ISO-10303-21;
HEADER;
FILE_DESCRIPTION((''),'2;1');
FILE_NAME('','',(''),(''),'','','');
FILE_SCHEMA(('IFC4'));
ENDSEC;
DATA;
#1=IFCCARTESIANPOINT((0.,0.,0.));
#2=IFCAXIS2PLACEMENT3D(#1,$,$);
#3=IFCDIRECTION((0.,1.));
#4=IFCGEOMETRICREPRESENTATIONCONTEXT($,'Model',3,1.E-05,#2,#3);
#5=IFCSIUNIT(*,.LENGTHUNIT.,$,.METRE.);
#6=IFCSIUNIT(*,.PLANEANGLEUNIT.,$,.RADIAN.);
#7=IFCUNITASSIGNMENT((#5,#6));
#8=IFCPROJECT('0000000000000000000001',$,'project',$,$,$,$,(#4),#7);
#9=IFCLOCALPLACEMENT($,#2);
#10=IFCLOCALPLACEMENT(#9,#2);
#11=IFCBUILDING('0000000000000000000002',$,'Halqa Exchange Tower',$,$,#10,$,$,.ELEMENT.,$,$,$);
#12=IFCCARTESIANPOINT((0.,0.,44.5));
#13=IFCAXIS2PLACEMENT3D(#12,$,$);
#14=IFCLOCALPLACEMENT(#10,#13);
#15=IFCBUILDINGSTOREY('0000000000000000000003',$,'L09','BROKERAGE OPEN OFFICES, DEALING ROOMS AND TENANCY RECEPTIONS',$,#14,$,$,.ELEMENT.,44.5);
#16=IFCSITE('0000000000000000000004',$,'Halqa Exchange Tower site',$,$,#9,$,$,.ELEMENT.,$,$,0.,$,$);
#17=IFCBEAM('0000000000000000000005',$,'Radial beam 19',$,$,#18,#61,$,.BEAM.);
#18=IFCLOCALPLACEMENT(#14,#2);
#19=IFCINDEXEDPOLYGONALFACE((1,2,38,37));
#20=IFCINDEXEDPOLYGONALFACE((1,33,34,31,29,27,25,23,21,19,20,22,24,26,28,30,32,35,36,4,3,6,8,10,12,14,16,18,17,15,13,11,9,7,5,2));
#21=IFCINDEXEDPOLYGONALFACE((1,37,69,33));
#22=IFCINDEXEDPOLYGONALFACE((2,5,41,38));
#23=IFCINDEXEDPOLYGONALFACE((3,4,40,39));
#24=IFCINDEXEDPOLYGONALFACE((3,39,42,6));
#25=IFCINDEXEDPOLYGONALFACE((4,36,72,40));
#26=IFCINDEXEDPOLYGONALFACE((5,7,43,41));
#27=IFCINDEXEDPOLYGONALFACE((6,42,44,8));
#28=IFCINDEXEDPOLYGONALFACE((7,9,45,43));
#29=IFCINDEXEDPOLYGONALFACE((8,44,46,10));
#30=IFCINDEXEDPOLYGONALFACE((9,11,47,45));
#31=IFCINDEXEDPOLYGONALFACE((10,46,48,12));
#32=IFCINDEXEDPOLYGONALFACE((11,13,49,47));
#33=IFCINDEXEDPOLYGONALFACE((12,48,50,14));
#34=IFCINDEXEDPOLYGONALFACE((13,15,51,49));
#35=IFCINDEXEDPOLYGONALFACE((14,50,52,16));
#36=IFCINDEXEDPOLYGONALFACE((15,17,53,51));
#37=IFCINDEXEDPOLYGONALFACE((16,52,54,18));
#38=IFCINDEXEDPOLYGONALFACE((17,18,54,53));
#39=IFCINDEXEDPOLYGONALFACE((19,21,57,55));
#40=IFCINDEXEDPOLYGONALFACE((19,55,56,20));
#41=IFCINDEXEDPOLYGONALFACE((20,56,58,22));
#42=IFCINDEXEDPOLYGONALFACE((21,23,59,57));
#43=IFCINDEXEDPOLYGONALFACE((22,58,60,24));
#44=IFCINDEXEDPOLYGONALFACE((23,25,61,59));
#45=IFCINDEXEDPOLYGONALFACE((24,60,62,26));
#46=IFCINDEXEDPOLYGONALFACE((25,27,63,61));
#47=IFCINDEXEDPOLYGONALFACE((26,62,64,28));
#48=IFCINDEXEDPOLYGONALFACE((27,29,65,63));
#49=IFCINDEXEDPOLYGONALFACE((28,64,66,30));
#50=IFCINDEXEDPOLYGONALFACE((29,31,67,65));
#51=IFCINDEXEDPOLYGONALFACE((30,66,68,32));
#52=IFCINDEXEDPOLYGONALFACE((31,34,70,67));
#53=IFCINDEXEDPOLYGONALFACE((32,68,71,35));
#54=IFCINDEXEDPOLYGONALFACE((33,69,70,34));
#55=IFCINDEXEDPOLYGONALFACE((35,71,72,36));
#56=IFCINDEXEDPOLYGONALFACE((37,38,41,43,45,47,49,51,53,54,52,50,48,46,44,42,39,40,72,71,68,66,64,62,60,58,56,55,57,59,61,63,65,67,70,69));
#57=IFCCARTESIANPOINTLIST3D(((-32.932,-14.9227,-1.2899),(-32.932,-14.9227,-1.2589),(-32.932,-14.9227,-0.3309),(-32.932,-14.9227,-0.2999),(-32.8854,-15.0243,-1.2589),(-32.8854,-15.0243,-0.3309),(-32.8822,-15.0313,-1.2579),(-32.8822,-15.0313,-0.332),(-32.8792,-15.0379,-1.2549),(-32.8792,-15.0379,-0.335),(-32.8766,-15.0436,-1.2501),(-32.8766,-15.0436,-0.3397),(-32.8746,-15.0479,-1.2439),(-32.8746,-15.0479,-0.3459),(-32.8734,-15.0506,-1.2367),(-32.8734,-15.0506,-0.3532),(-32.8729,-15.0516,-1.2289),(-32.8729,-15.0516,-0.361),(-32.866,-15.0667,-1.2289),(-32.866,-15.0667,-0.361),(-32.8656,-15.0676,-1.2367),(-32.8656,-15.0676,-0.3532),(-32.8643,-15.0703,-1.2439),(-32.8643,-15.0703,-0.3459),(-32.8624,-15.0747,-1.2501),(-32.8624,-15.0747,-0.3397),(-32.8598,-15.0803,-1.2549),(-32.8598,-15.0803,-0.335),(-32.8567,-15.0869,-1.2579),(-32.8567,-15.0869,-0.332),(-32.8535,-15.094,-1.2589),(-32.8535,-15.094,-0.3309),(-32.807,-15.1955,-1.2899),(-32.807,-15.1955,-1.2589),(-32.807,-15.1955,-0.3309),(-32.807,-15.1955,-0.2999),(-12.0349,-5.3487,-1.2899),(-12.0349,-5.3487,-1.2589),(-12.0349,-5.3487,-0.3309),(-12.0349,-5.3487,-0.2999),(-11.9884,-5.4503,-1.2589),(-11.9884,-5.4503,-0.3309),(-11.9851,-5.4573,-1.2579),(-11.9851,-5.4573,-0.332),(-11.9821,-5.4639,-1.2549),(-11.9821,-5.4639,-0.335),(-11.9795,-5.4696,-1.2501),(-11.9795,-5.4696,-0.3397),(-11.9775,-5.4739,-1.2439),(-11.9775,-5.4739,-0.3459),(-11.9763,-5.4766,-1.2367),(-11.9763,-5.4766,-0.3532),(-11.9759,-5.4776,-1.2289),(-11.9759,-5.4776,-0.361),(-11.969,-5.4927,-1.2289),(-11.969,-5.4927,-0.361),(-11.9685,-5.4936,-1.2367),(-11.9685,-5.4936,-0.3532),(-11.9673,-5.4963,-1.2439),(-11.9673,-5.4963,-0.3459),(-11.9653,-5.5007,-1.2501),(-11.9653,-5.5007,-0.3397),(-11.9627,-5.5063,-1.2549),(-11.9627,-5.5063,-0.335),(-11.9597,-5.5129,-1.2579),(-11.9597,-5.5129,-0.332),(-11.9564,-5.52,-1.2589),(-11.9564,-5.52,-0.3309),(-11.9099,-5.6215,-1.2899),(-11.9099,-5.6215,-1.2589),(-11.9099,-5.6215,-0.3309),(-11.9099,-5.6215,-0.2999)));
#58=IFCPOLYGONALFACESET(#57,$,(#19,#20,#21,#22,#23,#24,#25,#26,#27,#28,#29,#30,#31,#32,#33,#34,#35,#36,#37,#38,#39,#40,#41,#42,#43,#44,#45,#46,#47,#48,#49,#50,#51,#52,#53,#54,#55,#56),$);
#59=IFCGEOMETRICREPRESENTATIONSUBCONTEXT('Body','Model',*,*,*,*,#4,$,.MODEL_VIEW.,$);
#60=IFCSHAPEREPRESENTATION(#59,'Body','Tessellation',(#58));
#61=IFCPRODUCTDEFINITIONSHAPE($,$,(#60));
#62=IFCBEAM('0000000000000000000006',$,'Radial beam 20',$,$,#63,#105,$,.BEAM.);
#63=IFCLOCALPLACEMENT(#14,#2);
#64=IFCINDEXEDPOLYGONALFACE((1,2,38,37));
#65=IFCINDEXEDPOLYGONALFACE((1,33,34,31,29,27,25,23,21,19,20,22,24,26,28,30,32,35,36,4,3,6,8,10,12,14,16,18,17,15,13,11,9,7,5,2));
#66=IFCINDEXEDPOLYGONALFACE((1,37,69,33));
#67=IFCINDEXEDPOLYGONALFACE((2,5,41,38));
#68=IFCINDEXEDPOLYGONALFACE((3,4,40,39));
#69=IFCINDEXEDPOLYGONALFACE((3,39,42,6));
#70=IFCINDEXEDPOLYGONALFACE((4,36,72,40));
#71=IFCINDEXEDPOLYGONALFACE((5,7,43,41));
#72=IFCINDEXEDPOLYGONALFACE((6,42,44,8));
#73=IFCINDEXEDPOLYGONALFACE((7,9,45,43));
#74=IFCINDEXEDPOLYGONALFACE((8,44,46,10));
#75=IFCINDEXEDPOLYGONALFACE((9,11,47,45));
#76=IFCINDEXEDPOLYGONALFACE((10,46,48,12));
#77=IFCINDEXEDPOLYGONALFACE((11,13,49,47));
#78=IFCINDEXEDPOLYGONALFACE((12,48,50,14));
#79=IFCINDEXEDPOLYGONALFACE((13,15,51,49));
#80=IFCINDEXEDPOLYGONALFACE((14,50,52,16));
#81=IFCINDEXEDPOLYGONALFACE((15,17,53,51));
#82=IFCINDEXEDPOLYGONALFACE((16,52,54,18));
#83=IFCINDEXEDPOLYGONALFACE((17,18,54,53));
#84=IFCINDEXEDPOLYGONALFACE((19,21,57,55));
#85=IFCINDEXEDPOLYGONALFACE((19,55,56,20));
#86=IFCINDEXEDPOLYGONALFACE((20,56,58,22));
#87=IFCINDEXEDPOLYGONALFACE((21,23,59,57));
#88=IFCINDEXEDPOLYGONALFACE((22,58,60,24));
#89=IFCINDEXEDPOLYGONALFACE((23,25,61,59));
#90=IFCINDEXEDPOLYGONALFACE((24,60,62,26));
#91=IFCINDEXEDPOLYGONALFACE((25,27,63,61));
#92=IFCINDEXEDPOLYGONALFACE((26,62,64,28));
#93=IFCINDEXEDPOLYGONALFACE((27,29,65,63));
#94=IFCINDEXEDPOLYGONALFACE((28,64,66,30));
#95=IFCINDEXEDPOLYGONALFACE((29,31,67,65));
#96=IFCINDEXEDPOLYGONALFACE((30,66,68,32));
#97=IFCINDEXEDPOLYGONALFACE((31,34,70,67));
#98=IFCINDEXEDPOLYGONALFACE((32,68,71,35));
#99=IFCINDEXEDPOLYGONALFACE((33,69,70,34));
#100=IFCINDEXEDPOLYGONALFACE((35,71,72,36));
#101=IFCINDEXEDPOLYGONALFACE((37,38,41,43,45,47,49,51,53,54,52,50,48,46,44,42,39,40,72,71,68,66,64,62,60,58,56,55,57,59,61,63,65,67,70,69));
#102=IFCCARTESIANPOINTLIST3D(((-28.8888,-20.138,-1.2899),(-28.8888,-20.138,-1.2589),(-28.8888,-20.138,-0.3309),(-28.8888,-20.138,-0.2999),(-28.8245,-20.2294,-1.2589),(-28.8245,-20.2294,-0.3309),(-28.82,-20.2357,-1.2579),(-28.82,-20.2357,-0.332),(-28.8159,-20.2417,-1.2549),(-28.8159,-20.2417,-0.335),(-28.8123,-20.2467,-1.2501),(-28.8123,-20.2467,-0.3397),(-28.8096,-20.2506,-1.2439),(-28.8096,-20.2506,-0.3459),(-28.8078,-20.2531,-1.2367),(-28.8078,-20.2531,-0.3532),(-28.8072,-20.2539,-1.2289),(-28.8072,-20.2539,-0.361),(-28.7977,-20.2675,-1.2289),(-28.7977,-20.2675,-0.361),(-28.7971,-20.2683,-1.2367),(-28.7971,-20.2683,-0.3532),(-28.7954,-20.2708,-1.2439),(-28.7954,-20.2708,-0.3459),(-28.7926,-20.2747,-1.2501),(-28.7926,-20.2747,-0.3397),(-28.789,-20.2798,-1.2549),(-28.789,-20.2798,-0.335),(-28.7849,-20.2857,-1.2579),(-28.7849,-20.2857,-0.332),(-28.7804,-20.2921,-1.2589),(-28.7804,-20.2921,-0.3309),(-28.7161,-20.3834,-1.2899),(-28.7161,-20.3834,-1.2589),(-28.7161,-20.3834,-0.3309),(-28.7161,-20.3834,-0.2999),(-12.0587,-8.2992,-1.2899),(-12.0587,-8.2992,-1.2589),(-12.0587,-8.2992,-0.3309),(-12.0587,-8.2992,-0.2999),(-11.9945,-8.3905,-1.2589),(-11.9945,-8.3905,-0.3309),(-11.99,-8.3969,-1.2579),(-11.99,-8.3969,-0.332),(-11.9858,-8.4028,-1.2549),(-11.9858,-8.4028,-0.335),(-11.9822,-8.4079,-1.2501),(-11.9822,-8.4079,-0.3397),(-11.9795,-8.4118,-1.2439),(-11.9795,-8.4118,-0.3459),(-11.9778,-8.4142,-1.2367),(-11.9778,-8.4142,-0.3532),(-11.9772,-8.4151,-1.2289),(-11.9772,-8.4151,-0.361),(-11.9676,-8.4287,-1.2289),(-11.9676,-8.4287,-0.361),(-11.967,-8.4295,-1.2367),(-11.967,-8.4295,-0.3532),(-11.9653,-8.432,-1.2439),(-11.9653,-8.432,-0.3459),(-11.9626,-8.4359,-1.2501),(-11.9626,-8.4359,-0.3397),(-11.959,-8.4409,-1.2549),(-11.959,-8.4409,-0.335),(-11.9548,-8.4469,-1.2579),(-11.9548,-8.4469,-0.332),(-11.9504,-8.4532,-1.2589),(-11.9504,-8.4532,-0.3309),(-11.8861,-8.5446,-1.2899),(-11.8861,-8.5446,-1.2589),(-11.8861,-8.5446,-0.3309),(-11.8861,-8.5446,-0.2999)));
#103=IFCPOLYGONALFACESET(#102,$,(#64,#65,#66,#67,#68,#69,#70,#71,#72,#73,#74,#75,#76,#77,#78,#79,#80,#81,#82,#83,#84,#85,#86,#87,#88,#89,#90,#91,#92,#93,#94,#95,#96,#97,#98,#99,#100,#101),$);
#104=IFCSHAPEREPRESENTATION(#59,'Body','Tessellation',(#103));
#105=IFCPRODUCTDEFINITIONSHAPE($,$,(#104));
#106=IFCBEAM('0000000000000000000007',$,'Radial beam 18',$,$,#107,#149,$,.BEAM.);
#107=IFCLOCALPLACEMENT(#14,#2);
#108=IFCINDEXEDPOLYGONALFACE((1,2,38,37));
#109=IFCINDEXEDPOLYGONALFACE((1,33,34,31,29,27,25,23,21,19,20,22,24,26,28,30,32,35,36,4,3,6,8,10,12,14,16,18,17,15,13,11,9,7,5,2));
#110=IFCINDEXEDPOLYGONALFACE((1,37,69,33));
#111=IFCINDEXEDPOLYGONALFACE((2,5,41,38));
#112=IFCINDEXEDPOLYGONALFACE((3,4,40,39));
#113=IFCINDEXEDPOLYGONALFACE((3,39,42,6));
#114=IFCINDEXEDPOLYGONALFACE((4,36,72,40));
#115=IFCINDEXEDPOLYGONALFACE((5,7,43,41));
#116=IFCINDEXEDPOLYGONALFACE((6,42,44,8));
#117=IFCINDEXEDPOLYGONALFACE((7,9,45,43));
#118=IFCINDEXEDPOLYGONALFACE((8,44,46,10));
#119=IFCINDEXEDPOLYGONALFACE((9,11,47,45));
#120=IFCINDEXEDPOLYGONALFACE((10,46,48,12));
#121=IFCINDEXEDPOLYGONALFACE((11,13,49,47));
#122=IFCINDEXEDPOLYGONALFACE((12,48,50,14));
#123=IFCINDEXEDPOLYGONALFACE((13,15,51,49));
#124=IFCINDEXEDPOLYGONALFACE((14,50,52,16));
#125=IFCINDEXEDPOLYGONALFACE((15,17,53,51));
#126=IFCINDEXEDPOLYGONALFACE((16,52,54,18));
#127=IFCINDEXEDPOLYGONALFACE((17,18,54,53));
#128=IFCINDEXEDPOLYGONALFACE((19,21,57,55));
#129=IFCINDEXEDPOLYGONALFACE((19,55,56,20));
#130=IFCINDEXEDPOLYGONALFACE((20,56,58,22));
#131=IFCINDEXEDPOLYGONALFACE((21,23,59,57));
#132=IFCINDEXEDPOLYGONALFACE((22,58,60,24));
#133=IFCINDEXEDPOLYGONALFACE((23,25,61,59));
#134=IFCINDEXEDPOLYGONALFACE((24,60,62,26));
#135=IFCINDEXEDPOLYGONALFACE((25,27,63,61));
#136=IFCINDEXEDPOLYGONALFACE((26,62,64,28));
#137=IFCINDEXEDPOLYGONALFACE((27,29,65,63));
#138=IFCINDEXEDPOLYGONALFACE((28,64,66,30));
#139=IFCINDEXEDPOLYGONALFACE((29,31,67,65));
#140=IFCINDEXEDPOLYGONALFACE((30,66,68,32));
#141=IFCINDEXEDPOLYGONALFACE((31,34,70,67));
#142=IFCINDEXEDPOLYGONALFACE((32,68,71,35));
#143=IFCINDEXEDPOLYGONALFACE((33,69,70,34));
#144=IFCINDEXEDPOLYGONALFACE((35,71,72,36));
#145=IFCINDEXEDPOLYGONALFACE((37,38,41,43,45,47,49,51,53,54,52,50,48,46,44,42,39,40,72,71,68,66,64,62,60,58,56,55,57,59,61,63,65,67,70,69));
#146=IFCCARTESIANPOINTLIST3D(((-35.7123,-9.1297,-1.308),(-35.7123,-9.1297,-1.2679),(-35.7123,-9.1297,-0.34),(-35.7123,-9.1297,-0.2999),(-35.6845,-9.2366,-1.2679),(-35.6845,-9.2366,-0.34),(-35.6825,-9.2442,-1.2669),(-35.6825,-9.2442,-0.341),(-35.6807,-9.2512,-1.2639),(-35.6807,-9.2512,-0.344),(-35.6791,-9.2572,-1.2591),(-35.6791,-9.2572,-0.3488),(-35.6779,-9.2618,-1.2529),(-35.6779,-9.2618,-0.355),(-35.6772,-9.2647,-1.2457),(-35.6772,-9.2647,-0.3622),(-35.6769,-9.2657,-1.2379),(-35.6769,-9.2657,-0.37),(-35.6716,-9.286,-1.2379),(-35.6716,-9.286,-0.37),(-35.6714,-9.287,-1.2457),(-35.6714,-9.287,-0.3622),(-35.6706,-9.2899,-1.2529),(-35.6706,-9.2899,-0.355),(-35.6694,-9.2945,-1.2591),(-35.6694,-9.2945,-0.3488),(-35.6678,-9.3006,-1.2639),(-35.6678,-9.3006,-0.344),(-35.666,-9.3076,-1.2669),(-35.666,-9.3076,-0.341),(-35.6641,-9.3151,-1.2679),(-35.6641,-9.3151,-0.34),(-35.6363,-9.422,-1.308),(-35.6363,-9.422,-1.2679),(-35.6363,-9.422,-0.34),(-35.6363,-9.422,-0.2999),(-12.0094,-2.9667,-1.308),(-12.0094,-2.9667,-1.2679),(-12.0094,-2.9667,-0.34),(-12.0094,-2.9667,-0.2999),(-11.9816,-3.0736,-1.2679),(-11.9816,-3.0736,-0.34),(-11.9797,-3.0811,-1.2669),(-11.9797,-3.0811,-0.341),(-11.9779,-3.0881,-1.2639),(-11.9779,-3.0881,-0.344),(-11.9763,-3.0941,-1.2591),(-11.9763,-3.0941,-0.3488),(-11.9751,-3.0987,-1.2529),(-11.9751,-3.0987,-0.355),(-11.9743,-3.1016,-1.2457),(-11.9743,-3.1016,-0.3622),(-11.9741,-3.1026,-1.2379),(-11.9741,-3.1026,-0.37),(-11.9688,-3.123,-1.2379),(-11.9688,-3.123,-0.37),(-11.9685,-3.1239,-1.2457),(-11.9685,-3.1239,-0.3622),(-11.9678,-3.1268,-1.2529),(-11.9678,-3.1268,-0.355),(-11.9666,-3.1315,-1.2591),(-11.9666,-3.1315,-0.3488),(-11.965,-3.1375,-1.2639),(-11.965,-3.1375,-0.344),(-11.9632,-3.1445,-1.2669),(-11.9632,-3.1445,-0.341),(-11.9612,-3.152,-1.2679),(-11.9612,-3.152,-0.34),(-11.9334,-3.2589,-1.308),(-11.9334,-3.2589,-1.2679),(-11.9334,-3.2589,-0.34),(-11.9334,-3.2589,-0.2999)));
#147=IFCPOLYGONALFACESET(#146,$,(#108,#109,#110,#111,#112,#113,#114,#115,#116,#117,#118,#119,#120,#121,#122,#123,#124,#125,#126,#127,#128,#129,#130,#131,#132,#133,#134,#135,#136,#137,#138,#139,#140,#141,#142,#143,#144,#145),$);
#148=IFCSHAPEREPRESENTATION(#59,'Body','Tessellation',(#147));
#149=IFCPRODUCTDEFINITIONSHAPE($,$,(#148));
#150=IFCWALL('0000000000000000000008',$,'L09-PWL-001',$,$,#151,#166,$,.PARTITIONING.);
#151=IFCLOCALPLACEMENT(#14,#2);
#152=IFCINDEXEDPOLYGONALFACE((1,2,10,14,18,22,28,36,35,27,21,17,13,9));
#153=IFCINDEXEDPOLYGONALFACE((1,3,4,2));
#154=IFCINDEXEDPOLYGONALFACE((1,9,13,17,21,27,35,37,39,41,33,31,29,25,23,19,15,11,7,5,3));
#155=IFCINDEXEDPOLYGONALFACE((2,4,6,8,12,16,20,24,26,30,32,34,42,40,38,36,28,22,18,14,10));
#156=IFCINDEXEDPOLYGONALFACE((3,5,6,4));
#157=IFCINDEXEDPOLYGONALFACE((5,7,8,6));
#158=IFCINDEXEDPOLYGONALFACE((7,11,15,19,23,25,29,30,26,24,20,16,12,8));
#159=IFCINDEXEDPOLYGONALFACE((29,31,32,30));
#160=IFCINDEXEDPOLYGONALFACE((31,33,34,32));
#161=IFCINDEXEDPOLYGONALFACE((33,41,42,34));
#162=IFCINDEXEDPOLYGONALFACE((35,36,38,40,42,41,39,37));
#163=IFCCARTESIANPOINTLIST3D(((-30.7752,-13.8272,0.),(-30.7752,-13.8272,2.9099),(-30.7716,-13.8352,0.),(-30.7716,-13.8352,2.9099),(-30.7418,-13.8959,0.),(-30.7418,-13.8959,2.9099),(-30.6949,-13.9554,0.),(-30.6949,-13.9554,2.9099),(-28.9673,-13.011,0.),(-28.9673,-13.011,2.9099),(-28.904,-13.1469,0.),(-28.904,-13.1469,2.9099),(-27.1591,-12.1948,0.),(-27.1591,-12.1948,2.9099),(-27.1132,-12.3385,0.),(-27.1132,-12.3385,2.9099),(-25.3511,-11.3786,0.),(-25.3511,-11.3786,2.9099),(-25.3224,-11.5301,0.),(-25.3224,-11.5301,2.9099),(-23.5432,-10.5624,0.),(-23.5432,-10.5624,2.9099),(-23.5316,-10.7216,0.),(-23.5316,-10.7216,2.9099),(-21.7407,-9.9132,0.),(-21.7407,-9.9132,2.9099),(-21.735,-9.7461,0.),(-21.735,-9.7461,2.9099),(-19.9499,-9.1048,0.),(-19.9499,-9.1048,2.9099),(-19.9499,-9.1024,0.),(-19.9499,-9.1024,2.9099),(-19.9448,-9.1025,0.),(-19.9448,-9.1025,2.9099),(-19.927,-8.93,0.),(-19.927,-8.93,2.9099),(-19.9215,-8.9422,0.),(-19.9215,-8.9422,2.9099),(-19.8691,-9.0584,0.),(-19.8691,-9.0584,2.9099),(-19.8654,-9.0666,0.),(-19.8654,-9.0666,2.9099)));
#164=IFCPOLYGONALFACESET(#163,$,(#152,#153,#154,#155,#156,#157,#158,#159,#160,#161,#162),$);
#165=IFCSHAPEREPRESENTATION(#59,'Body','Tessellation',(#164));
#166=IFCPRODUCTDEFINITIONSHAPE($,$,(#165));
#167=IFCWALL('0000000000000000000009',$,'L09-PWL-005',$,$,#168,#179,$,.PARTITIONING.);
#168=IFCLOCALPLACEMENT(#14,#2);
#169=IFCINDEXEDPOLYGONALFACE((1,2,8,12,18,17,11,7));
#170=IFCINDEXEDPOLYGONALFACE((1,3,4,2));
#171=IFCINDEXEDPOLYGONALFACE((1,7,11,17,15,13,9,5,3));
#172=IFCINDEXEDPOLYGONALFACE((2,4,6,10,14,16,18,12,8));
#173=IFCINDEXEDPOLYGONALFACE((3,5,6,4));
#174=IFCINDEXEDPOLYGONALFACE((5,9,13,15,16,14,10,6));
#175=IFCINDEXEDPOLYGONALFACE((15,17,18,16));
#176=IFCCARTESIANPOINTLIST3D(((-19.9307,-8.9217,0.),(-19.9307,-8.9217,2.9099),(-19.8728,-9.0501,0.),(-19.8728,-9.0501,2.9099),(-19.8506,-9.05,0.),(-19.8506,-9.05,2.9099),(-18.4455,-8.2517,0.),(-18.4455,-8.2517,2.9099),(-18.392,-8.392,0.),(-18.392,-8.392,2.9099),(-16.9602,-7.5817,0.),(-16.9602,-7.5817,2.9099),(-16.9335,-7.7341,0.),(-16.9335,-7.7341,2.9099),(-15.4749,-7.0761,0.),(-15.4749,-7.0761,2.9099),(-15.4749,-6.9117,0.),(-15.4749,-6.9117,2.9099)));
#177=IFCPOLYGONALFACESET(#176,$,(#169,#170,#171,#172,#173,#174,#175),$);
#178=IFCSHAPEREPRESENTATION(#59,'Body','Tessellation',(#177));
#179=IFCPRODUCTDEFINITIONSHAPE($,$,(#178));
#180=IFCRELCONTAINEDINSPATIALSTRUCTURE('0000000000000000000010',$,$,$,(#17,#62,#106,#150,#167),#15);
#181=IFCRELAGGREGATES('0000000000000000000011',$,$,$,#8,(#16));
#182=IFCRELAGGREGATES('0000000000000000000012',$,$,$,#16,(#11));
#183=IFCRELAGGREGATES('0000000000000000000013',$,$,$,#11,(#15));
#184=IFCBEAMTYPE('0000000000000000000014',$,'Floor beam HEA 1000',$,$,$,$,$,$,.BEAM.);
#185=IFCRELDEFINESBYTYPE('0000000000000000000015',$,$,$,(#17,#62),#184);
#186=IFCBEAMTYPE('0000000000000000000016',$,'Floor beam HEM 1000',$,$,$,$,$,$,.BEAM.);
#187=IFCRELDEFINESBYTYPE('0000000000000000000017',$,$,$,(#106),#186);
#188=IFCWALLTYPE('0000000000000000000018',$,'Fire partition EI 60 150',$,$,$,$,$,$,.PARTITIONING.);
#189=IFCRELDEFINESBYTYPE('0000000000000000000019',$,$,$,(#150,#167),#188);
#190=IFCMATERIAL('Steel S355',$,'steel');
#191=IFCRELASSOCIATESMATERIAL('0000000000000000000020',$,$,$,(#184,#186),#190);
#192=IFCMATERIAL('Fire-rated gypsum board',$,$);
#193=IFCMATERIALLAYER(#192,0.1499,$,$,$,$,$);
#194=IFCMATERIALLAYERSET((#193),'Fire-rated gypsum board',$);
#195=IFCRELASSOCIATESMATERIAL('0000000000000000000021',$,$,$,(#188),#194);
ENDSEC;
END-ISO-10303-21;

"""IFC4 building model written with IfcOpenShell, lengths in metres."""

from ifc_helpers import new_model, si_unit, direction, frame, origin, origin_2d, place, context, subcontext, project, spatial, polyline, i_section, outline, extrude, material, layer, layer_set, material_profile, profile_set, type_object, element, save


model = new_model("IFC4")

# Units and contexts
model_context = context("Model", 3, precision=1e-05, world=origin(), true_north=direction((0.0, 1.0)))
body_context = subcontext(model_context, "Body", "Model", "MODEL_VIEW")
ifc_project = project(units=[si_unit("LENGTHUNIT", "METRE"), si_unit("PLANEANGLEUNIT", "RADIAN")], contexts=[model_context])

# Site, building, storey
site_placement = place(None, origin())
site = spatial("IfcSite", under=ifc_project, at=site_placement, Name="Halqa Exchange Tower site", CompositionType="ELEMENT", RefElevation=0.0)
building_placement = place(site_placement, origin())
building = spatial("IfcBuilding", under=site, at=building_placement, Name="Halqa Exchange Tower", CompositionType="ELEMENT")
storey_placement = place(building_placement, frame((0.0, 0.0, 44.5)))
storey = spatial("IfcBuildingStorey", under=building, at=storey_placement, Name="L09", Description="BROKERAGE OPEN OFFICES, DEALING ROOMS AND TENANCY RECEPTIONS", CompositionType="ELEMENT", Elevation=44.5)

# Beams
ifc_material_1 = material(Name="Steel S355", Category="steel")
ifc_material_profile_1 = material_profile(ifc_material_1, i_section(OverallWidth=0.3, OverallDepth=0.99, WebThickness=0.0166, FlangeThickness=0.031, FilletRadius=0.03, at=origin_2d()), Name="HEA 1000")
ifc_profile_set_1 = profile_set([ifc_material_profile_1], Name="Steel S355")
beam_type_1 = type_object("IfcBeamType", Name="Floor beam HEA 1000", PredefinedType="BEAM", material=ifc_profile_set_1)
beam_1_placement = place(storey_placement, frame((-11.9724, -5.4851, -0.7949), z_axis=(-0.909128, -0.416518, 0.0), x_axis=(0.416518, -0.909128, 0.0)))
element("IfcBeam", 1, at=beam_1_placement, inside=storey, type_object=beam_type_1, Name="Radial beam 19", PredefinedType="BEAM", context=body_context, shape_type="SweptSolid", body=[
    extrude(i_section(OverallWidth=0.3, OverallDepth=0.99, WebThickness=0.0166, FlangeThickness=0.031, FilletRadius=0.03, at=origin_2d()), origin(), (0.0, 0.0, 1.0), 22.9858),
])
beam_2_placement = place(storey_placement, frame((-11.9724, -8.4219, -0.7949), z_axis=(-0.81791, -0.575346, 0.0), x_axis=(0.575346, -0.81791, 0.0)))
element("IfcBeam", 2, at=beam_2_placement, inside=storey, type_object=beam_type_1, Name="Radial beam 20", PredefinedType="BEAM", context=body_context, shape_type="SweptSolid", body=[
    extrude(i_section(OverallWidth=0.3, OverallDepth=0.99, WebThickness=0.0166, FlangeThickness=0.031, FilletRadius=0.03, at=origin_2d()), origin(), (0.0, 0.0, 1.0), 20.5769),
])
ifc_material_profile_2 = material_profile(ifc_material_1, i_section(OverallWidth=0.302, OverallDepth=1.0081, WebThickness=0.021, FlangeThickness=0.04, FilletRadius=0.03, at=origin_2d()), Name="HEM 1000")
ifc_profile_set_2 = profile_set([ifc_material_profile_2], Name="Steel S355")
beam_type_2 = type_object("IfcBeamType", Name="Floor beam HEM 1000", PredefinedType="BEAM", material=ifc_profile_set_2)
beam_3_placement = place(storey_placement, frame((-11.9714, -3.1128, -0.804), z_axis=(-0.967819, -0.251647, 0.0), x_axis=(0.251647, -0.967819, 0.0)))
element("IfcBeam", 3, at=beam_3_placement, inside=storey, type_object=beam_type_2, Name="Radial beam 18", PredefinedType="BEAM", context=body_context, shape_type="SweptSolid", body=[
    extrude(i_section(OverallWidth=0.302, OverallDepth=1.0081, WebThickness=0.021, FlangeThickness=0.04, FilletRadius=0.03, at=origin_2d()), origin(), (0.0, 0.0, 1.0), 24.491),
])

# Walls
ifc_material_2 = material(Name="Fire-rated gypsum board")
ifc_layer_1 = layer(ifc_material_2, 0.1499)
ifc_layer_set_1 = layer_set([ifc_layer_1], Name="Fire-rated gypsum board")
wall_type_1 = type_object("IfcWallType", Name="Fire partition EI 60 150", PredefinedType="PARTITIONING", material=ifc_layer_set_1)
wall_1_placement = place(storey_placement, frame((-30.7444, -13.8955, 0.0), z_axis=(0.0, 0.0, 1.0), x_axis=(0.911432, 0.411451, 0.0)))
element("IfcWall", 4, at=wall_1_placement, inside=storey, type_object=wall_type_1, Name="L09-PWL-001", PredefinedType="PARTITIONING", context=body_context, shape_type="SweptSolid", body=[
    extrude(outline(polyline([(0.0205, -0.075), (1.9854, -0.075), (3.9502, -0.075), (5.915, -0.075), (7.8799, -0.075), (9.8447, -0.075), (11.8096, -0.075), (11.8105, -0.0728), (11.8152, -0.075), (11.9023, -0.075), (11.9023, -0.0659), (11.9023, -0.0659), (11.9023, 0.0615), (11.9023, 0.075), (9.9187, 0.075), (7.9348, 0.075), (5.9512, 0.075), (3.9675, 0.075), (1.9836, 0.075), (0.0, 0.075), (0.0, 0.0662), (0.0022, -0.0015), (0.0205, -0.075)])), origin(), (0.0, 0.0, 1.0), 2.9099),
])
wall_2_placement = place(storey_placement, frame((-19.8999, -8.99, 0.0), z_axis=(0.0, 0.0, 1.0), x_axis=(0.911546, 0.411197, 0.0)))
element("IfcWall", 5, at=wall_2_placement, inside=storey, type_object=wall_type_1, Name="L09-PWL-005", PredefinedType="PARTITIONING", context=body_context, shape_type="SweptSolid", body=[
    extrude(outline(polyline([(0.0203, -0.075), (1.6204, -0.075), (3.2205, -0.075), (4.8206, -0.075), (4.8882, 0.075), (3.2588, 0.075), (1.6294, 0.075), (0.0, 0.075), (0.0, -0.0659), (0.0203, -0.075)])), origin(), (0.0, 0.0, 1.0), 2.9099),
])

save(model, "model.ifc")
